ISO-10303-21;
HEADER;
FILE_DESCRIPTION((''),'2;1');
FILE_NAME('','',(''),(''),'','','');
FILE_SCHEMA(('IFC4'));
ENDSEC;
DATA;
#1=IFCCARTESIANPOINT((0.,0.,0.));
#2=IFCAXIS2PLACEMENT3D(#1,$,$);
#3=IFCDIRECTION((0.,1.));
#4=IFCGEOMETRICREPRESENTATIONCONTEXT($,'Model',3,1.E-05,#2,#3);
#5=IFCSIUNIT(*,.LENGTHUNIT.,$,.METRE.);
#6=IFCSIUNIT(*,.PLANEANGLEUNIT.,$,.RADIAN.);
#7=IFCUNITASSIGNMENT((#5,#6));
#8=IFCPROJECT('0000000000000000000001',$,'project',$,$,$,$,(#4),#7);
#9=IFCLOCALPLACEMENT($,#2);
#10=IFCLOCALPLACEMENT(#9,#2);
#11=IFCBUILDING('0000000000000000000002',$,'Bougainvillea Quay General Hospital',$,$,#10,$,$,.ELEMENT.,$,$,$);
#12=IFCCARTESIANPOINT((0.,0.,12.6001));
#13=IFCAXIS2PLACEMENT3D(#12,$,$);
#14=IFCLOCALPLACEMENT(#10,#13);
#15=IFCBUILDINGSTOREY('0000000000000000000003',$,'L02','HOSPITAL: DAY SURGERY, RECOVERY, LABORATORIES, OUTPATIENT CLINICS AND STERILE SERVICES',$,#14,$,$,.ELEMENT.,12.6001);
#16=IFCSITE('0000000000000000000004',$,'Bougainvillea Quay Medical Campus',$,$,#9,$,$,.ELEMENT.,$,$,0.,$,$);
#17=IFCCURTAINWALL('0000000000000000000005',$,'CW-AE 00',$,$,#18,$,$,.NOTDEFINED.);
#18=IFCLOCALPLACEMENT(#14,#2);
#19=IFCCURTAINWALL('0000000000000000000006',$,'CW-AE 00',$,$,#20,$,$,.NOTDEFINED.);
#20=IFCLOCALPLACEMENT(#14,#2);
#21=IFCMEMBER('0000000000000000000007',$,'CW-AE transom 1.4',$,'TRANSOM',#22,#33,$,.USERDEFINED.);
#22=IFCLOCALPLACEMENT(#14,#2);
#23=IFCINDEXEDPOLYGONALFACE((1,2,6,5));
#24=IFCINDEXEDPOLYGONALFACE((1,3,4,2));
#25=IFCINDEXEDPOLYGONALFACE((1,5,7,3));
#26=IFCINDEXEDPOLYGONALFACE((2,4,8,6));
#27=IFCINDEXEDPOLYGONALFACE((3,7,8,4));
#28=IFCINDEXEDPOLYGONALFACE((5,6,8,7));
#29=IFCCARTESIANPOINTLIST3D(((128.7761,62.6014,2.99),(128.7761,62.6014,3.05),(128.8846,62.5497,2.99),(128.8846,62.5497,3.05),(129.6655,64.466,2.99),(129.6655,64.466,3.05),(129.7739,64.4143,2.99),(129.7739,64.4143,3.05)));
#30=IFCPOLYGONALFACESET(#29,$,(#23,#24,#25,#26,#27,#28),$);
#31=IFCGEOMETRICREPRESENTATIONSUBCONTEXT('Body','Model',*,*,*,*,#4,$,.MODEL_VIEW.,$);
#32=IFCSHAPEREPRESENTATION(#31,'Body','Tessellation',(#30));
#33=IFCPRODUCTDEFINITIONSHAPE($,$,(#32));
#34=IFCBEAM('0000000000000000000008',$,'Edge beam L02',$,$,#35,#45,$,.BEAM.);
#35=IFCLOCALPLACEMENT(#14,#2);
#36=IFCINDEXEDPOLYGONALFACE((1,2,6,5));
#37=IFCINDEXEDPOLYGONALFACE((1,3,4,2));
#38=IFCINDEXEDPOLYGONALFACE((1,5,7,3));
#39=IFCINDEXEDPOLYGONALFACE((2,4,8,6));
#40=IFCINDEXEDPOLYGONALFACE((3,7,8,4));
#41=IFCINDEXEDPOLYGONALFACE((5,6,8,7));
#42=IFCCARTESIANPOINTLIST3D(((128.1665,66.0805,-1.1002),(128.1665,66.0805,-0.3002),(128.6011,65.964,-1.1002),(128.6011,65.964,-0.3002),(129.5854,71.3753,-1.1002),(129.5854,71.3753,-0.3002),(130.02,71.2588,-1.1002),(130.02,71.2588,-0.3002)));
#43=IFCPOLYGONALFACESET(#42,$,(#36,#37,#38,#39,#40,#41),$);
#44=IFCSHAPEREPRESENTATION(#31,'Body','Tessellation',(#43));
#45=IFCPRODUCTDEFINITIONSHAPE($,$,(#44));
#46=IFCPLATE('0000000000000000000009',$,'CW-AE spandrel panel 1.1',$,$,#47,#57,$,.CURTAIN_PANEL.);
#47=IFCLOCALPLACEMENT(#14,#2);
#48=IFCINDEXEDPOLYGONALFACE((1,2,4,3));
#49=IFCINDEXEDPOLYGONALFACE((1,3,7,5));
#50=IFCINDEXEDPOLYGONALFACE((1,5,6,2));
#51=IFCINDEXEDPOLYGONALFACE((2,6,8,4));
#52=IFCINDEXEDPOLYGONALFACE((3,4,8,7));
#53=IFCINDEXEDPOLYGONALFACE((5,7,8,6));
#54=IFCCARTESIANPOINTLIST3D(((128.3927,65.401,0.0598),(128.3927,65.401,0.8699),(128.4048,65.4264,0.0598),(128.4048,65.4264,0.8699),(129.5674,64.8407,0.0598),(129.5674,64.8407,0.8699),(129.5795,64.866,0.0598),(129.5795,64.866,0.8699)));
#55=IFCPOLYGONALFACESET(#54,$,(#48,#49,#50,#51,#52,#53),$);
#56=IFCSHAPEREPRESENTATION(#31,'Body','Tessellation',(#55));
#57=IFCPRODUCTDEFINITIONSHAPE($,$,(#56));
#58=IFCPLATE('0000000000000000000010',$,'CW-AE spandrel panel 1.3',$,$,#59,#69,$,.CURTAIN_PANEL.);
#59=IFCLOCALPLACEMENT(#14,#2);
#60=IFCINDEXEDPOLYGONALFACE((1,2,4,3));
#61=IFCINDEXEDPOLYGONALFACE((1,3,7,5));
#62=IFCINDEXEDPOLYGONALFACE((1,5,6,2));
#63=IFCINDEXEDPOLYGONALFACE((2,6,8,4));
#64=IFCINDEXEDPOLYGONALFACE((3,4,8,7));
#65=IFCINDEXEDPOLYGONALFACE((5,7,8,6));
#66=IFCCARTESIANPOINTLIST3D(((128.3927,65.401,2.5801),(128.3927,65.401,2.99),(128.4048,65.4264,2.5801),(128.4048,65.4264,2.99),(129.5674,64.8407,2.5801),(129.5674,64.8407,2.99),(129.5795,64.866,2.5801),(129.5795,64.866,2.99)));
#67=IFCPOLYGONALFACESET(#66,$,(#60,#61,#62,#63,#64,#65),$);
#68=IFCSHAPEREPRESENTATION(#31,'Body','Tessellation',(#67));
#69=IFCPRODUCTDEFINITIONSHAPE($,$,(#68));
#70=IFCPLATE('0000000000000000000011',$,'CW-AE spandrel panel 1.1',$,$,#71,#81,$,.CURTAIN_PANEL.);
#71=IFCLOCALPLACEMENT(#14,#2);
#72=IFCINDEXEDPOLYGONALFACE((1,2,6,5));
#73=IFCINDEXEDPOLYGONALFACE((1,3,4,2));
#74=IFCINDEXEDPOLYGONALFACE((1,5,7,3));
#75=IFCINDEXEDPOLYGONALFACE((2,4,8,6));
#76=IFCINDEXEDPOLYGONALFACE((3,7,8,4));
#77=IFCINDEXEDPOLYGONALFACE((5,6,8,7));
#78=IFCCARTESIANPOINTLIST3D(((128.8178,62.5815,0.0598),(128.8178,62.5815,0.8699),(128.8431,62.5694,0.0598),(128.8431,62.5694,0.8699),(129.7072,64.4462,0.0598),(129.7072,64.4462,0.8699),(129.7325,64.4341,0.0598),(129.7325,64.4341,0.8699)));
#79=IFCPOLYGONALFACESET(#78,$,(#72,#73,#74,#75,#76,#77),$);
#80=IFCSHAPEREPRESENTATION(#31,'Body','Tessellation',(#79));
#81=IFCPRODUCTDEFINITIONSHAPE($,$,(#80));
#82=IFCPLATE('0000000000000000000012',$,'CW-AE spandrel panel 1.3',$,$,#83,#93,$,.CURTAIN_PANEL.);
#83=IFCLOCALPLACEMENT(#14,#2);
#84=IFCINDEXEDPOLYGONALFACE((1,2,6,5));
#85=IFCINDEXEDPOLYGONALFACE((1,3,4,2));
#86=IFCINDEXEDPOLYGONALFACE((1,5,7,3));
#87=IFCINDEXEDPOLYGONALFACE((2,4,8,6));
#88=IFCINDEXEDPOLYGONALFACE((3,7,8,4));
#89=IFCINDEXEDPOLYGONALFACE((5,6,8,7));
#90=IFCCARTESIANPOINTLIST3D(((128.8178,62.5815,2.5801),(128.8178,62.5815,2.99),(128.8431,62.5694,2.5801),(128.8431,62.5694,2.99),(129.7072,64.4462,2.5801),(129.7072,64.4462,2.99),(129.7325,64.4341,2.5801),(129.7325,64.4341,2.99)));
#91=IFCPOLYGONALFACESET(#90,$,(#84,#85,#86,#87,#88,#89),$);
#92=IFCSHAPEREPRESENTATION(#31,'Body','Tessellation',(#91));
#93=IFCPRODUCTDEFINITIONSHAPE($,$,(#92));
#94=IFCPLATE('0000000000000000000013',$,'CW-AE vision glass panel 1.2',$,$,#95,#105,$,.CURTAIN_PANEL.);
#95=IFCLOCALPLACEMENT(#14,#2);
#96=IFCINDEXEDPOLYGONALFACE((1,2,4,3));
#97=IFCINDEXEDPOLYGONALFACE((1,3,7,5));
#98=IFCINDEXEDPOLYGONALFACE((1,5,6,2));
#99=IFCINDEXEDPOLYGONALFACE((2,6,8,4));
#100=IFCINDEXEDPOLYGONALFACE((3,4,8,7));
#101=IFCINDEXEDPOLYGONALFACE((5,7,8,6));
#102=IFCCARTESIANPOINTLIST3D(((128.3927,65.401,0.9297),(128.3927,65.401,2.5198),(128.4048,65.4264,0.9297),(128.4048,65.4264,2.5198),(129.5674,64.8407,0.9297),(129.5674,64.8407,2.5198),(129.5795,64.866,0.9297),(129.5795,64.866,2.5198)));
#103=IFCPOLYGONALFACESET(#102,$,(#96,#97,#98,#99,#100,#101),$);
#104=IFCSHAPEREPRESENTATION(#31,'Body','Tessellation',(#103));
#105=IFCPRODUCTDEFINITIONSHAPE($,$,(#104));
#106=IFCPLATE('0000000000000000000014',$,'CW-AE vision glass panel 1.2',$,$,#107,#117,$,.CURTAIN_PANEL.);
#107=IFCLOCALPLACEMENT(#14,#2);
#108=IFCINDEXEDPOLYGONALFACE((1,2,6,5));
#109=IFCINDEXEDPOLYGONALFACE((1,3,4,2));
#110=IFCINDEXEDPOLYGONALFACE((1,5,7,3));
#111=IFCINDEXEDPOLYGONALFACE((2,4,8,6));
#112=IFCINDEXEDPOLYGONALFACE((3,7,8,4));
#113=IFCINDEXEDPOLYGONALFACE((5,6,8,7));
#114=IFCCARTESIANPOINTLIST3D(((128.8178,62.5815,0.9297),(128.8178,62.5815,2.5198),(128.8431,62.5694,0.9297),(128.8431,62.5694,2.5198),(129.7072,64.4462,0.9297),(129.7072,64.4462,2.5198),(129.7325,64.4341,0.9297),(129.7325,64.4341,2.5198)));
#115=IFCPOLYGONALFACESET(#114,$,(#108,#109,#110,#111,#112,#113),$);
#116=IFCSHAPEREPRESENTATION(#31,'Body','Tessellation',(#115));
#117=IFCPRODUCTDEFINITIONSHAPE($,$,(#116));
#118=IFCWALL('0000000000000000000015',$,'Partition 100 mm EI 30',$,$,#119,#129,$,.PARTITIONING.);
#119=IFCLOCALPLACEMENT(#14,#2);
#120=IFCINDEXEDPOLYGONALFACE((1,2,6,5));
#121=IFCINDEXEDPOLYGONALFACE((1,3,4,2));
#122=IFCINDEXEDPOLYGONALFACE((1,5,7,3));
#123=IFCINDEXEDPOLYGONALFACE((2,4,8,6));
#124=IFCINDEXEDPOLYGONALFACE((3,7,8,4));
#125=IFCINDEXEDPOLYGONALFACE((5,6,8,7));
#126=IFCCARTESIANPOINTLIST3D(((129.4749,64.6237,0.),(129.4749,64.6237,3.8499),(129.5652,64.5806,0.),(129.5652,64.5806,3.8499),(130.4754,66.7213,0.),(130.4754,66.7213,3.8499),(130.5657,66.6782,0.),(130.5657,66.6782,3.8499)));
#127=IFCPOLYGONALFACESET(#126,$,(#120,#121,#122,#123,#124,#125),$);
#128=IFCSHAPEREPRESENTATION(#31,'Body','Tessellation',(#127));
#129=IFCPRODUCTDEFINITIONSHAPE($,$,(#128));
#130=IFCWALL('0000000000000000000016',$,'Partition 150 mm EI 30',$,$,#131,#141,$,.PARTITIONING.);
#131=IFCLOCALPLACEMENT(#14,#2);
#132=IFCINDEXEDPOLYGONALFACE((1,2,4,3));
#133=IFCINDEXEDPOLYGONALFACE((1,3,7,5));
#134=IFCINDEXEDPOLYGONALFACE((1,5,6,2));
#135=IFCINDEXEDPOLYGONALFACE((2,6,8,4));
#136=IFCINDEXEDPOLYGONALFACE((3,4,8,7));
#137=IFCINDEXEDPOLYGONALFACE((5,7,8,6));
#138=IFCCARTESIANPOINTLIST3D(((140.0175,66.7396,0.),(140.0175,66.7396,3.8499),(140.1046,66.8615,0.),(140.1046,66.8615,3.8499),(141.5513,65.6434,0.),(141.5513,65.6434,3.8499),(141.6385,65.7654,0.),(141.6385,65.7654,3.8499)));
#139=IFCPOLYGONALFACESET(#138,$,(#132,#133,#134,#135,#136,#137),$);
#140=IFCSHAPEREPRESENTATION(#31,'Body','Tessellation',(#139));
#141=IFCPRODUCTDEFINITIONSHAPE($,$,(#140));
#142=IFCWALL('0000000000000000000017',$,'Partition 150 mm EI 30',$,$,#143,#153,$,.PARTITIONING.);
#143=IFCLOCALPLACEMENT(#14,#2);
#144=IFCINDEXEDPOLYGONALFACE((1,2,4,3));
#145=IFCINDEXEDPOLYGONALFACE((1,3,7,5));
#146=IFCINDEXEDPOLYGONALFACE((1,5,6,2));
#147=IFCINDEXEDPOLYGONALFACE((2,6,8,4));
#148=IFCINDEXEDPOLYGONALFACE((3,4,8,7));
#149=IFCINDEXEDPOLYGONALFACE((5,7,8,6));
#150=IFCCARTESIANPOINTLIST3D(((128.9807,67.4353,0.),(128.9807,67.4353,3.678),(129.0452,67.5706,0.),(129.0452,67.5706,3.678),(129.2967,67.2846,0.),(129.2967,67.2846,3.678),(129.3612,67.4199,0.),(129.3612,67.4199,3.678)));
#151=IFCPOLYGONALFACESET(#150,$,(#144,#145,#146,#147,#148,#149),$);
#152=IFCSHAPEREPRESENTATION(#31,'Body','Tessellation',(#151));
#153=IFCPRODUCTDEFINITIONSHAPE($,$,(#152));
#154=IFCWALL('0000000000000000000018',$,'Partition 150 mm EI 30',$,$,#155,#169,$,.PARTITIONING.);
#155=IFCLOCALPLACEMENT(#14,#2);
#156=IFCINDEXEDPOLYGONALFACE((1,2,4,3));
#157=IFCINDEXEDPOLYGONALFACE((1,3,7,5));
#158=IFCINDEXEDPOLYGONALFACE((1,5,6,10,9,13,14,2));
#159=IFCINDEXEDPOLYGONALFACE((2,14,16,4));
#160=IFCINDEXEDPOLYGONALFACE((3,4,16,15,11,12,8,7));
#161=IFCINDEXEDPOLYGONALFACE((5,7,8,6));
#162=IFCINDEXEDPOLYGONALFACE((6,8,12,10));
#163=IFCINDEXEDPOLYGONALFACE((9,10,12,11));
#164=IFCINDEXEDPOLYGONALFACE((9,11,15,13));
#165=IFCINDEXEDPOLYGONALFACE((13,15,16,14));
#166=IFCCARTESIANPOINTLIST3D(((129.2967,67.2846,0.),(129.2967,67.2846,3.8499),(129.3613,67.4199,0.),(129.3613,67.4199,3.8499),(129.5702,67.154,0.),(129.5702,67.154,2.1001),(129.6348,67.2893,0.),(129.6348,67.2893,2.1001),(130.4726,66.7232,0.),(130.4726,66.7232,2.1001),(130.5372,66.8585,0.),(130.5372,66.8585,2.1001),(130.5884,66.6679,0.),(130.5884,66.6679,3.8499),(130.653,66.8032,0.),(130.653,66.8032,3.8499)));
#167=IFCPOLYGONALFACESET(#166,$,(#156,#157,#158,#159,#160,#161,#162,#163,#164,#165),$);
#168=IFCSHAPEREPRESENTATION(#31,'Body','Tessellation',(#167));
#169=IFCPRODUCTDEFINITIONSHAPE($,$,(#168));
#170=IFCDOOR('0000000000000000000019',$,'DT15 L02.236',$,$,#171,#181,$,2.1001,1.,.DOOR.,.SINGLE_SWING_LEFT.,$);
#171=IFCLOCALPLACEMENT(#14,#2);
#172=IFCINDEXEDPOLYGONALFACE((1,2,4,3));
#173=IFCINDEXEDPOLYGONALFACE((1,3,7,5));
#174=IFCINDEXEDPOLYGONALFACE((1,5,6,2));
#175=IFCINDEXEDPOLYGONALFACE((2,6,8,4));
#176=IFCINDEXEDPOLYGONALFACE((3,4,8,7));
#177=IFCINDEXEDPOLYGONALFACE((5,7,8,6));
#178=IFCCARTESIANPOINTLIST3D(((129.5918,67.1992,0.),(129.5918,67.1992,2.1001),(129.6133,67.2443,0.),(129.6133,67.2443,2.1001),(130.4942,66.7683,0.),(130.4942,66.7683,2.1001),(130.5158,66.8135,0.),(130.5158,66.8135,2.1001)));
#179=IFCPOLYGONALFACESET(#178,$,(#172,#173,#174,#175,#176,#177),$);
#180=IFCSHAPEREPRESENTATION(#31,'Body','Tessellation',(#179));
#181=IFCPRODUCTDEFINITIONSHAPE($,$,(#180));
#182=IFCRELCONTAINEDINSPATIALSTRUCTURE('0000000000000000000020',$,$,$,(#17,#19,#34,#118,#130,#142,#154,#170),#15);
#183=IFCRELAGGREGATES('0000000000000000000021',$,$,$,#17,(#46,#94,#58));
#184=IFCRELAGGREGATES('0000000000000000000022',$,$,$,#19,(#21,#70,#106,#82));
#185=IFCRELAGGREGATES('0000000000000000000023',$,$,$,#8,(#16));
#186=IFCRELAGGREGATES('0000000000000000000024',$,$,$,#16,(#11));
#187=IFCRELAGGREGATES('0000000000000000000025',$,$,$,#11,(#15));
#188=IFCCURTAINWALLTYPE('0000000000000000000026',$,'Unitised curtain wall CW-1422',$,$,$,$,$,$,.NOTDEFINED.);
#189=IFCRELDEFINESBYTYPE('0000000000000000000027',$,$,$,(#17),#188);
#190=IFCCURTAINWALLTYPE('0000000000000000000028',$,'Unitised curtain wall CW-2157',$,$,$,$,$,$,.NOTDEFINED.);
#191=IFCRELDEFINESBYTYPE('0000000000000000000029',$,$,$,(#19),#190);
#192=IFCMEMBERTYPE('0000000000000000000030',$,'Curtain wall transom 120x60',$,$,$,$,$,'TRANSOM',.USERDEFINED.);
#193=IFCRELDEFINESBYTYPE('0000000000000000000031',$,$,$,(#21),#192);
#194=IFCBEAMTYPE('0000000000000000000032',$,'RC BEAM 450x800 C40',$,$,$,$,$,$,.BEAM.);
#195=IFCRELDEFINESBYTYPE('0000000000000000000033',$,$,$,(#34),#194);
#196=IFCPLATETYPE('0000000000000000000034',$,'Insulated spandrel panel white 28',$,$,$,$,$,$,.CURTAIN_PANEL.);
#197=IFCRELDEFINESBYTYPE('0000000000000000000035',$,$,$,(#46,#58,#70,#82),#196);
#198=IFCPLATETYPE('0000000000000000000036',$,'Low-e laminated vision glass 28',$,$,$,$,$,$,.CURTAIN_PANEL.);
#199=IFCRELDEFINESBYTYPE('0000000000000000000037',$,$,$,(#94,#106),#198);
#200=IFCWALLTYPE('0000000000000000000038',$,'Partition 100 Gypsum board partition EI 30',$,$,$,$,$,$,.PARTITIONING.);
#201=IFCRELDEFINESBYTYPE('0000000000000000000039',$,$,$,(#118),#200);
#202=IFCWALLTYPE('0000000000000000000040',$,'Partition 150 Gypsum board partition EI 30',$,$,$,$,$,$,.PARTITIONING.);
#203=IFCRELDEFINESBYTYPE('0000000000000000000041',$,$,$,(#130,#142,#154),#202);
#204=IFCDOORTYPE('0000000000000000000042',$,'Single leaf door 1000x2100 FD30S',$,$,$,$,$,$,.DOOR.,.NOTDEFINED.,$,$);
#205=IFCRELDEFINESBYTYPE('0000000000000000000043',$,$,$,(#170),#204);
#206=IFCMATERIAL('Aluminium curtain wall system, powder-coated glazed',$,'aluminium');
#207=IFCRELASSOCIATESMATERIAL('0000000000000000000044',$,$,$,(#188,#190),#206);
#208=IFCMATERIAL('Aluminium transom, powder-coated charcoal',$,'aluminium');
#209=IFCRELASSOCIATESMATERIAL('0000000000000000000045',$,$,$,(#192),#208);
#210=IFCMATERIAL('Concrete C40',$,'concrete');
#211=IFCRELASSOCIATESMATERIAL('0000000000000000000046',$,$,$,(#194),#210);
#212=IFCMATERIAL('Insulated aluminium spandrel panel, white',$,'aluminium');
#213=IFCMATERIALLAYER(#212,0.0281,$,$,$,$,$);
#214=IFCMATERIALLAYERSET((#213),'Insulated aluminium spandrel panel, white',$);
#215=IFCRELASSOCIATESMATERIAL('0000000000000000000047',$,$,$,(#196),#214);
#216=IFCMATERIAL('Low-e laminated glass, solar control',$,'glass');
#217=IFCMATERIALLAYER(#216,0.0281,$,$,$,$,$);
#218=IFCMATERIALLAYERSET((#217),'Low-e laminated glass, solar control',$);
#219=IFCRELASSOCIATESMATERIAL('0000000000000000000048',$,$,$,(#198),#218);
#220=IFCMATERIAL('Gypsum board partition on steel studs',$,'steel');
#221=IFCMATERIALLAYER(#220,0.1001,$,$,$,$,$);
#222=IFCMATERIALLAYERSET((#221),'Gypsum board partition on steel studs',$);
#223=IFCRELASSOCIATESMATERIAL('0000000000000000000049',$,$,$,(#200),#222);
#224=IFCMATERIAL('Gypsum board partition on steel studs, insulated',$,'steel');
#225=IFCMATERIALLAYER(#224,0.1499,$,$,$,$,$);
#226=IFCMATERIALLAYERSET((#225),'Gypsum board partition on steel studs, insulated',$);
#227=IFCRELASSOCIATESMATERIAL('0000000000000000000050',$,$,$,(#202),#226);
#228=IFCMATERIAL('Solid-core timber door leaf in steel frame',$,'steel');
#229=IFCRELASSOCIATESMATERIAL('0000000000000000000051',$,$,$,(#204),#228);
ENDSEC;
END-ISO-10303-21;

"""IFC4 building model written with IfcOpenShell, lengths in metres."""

from ifc_helpers import new_model, si_unit, direction, frame, frame_2d, origin, origin_2d, place, context, subcontext, project, spatial, rectangle, extrude, material, layer, layer_set, material_profile, profile_set, type_object, element, fill, aggregate, save


model = new_model("IFC4")

# Units and contexts
model_context = context("Model", 3, precision=1e-05, world=origin(), true_north=direction((0.0, 1.0)))
body_context = subcontext(model_context, "Body", "Model", "MODEL_VIEW")
ifc_project = project(units=[si_unit("LENGTHUNIT", "METRE"), si_unit("PLANEANGLEUNIT", "RADIAN")], contexts=[model_context])

# Site, building, storey
site_placement = place(None, origin())
site = spatial("IfcSite", under=ifc_project, at=site_placement, Name="Bougainvillea Quay Medical Campus", CompositionType="ELEMENT", RefElevation=0.0)
building_placement = place(site_placement, origin())
building = spatial("IfcBuilding", under=site, at=building_placement, Name="Bougainvillea Quay General Hospital", CompositionType="ELEMENT")
storey_placement = place(building_placement, frame((0.0, 0.0, 12.6001)))
storey = spatial("IfcBuildingStorey", under=building, at=storey_placement, Name="L02", Description="HOSPITAL: DAY SURGERY, RECOVERY, LABORATORIES, OUTPATIENT CLINICS AND STERILE SERVICES", CompositionType="ELEMENT", Elevation=12.6001)

# Shared definitions
ifc_material_1 = material(Name="Concrete C40", Category="concrete")

# Curtain walls
ifc_material_2 = material(Name="Aluminium curtain wall system, powder-coated glazed", Category="aluminium")
curtain_wall_type_1 = type_object("IfcCurtainWallType", Name="Unitised curtain wall CW-1422", PredefinedType="NOTDEFINED", material=ifc_material_2)
curtain_wall_1_placement = place(storey_placement, origin())
curtain_wall_1 = element("IfcCurtainWall", 1, at=curtain_wall_1_placement, inside=storey, type_object=curtain_wall_type_1, Name="CW-AE 00", PredefinedType="NOTDEFINED")
curtain_wall_type_2 = type_object("IfcCurtainWallType", Name="Unitised curtain wall CW-2157", PredefinedType="NOTDEFINED", material=ifc_material_2)
curtain_wall_2_placement = place(storey_placement, origin())
curtain_wall_2 = element("IfcCurtainWall", 2, at=curtain_wall_2_placement, inside=storey, type_object=curtain_wall_type_2, Name="CW-AE 00", PredefinedType="NOTDEFINED")

# Member
ifc_material_3 = material(Name="Aluminium transom, powder-coated charcoal", Category="aluminium")
ifc_material_profile_1 = material_profile(ifc_material_3, rectangle(XDim=0.1201, YDim=0.0601, at=origin_2d()))
ifc_profile_set_1 = profile_set([ifc_material_profile_1], Name="Aluminium transom, powder-coated charcoal")
member_type_1 = type_object("IfcMemberType", Name="Curtain wall transom 120x60", ElementType="TRANSOM", PredefinedType="USERDEFINED", material=ifc_profile_set_1)
member_1_placement = place(storey_placement, frame((129.7197, 64.4402, 3.02), z_axis=(-0.430498, -0.902592, 0.0), x_axis=(0.902592, -0.430498, 0.0)))
member_1 = element("IfcMember", 3, at=member_1_placement, type_object=member_type_1, Name="CW-AE transom 1.4", ObjectType="TRANSOM", PredefinedType="USERDEFINED", context=body_context, shape_type="SweptSolid", body=[
    extrude(rectangle(XDim=0.1201, YDim=0.0601, at=origin_2d()), origin(), (0.0, 0.0, 1.0), 2.0659),
])

# Beam
ifc_material_profile_2 = material_profile(ifc_material_1, rectangle(XDim=0.45, YDim=0.8, at=origin_2d()))
ifc_profile_set_2 = profile_set([ifc_material_profile_2], Name="Concrete C40")
beam_type = type_object("IfcBeamType", Name="RC BEAM 450x800 C40", PredefinedType="BEAM", material=ifc_profile_set_2)
beam_placement = place(storey_placement, frame((128.3838, 66.0222, -0.7002), z_axis=(0.258849, 0.965918, 0.0), x_axis=(-0.965918, 0.258849, 0.0)))
element("IfcBeam", 4, at=beam_placement, inside=storey, type_object=beam_type, Name="Edge beam L02", PredefinedType="BEAM", context=body_context, shape_type="SweptSolid", body=[
    extrude(rectangle(XDim=0.45, YDim=0.8, at=origin_2d()), origin(), (0.0, 0.0, 1.0), 5.4817),
])

# Plates
ifc_material_4 = material(Name="Insulated aluminium spandrel panel, white", Category="aluminium")
ifc_layer_1 = layer(ifc_material_4, 0.0281)
ifc_layer_set_1 = layer_set([ifc_layer_1], Name="Insulated aluminium spandrel panel, white")
plate_type_1 = type_object("IfcPlateType", Name="Insulated spandrel panel white 28", PredefinedType="CURTAIN_PANEL", material=ifc_layer_set_1)
plate_1_placement = place(storey_placement, frame((128.9861, 65.1335, 0.0598), z_axis=(0.0, 0.0, 1.0), x_axis=(0.902574, -0.430534, 0.0)))
plate_1 = element("IfcPlate", 5, at=plate_1_placement, type_object=plate_type_1, Name="CW-AE spandrel panel 1.1", PredefinedType="CURTAIN_PANEL", context=body_context, shape_type="SweptSolid", body=[
    extrude(rectangle(XDim=1.3015, YDim=0.0281, at=origin_2d()), origin(), (0.0, 0.0, 1.0), 0.8101),
])
plate_2_placement = place(storey_placement, frame((128.9861, 65.1335, 2.5801), z_axis=(0.0, 0.0, 1.0), x_axis=(0.902574, -0.430534, 0.0)))
plate_2 = element("IfcPlate", 6, at=plate_2_placement, type_object=plate_type_1, Name="CW-AE spandrel panel 1.3", PredefinedType="CURTAIN_PANEL", context=body_context, shape_type="SweptSolid", body=[
    extrude(rectangle(XDim=1.3015, YDim=0.0281, at=origin_2d()), origin(), (0.0, 0.0, 1.0), 0.4099),
])
plate_3_placement = place(storey_placement, frame((129.2751, 63.5078, 0.0598), z_axis=(0.0, 0.0, 1.0), x_axis=(-0.43053, -0.902576, 0.0)))
plate_3 = element("IfcPlate", 7, at=plate_3_placement, type_object=plate_type_1, Name="CW-AE spandrel panel 1.1", PredefinedType="CURTAIN_PANEL", context=body_context, shape_type="SweptSolid", body=[
    extrude(rectangle(XDim=2.0659, YDim=0.0281, at=origin_2d()), origin(), (0.0, 0.0, 1.0), 0.8101),
])
plate_4_placement = place(storey_placement, frame((129.2751, 63.5078, 2.5801), z_axis=(0.0, 0.0, 1.0), x_axis=(-0.43053, -0.902576, 0.0)))
plate_4 = element("IfcPlate", 8, at=plate_4_placement, type_object=plate_type_1, Name="CW-AE spandrel panel 1.3", PredefinedType="CURTAIN_PANEL", context=body_context, shape_type="SweptSolid", body=[
    extrude(rectangle(XDim=2.0659, YDim=0.0281, at=origin_2d()), origin(), (0.0, 0.0, 1.0), 0.4099),
])
ifc_material_5 = material(Name="Low-e laminated glass, solar control", Category="glass")
ifc_layer_2 = layer(ifc_material_5, 0.0281)
ifc_layer_set_2 = layer_set([ifc_layer_2], Name="Low-e laminated glass, solar control")
plate_type_2 = type_object("IfcPlateType", Name="Low-e laminated vision glass 28", PredefinedType="CURTAIN_PANEL", material=ifc_layer_set_2)
plate_5_placement = place(storey_placement, frame((128.9861, 65.1335, 0.9297), z_axis=(0.0, 0.0, 1.0), x_axis=(0.902574, -0.430534, 0.0)))
plate_5 = element("IfcPlate", 9, at=plate_5_placement, type_object=plate_type_2, Name="CW-AE vision glass panel 1.2", PredefinedType="CURTAIN_PANEL", context=body_context, shape_type="SweptSolid", body=[
    extrude(rectangle(XDim=1.3015, YDim=0.0281, at=origin_2d()), origin(), (0.0, 0.0, 1.0), 1.5901),
])
aggregate(curtain_wall_1, [plate_1, plate_5, plate_2])
plate_6_placement = place(storey_placement, frame((129.2751, 63.5078, 0.9297), z_axis=(0.0, 0.0, 1.0), x_axis=(-0.43053, -0.902576, 0.0)))
plate_6 = element("IfcPlate", 10, at=plate_6_placement, type_object=plate_type_2, Name="CW-AE vision glass panel 1.2", PredefinedType="CURTAIN_PANEL", context=body_context, shape_type="SweptSolid", body=[
    extrude(rectangle(XDim=2.0659, YDim=0.0281, at=origin_2d()), origin(), (0.0, 0.0, 1.0), 1.5901),
])
aggregate(curtain_wall_2, [member_1, plate_3, plate_6, plate_4])

# Walls
ifc_material_6 = material(Name="Gypsum board partition on steel studs", Category="steel")
ifc_layer_3 = layer(ifc_material_6, 0.1001)
ifc_layer_set_3 = layer_set([ifc_layer_3], Name="Gypsum board partition on steel studs")
wall_type_1 = type_object("IfcWallType", Name="Partition 100 Gypsum board partition EI 30", PredefinedType="PARTITIONING", material=ifc_layer_set_3)
wall_1_placement = place(storey_placement, frame((129.52, 64.6021, 0.0), z_axis=(0.0, 0.0, 1.0), x_axis=(0.430496, 0.902592, 0.0)))
element("IfcWall", 11, at=wall_1_placement, inside=storey, type_object=wall_type_1, Name="Partition 100 mm EI 30", PredefinedType="PARTITIONING", context=body_context, shape_type="SweptSolid", body=[
    extrude(rectangle(XDim=2.324, YDim=0.1001, at=frame_2d((1.1621, 0.0))), origin(), (0.0, 0.0, 1.0), 3.8499),
])
ifc_material_7 = material(Name="Gypsum board partition on steel studs, insulated", Category="steel")
ifc_layer_4 = layer(ifc_material_7, 0.1499)
ifc_layer_set_4 = layer_set([ifc_layer_4], Name="Gypsum board partition on steel studs, insulated")
wall_type_2 = type_object("IfcWallType", Name="Partition 150 Gypsum board partition EI 30", PredefinedType="PARTITIONING", material=ifc_layer_set_4)
wall_2_placement = place(storey_placement, frame((140.061, 66.8005, 0.0), z_axis=(0.0, 0.0, 1.0), x_axis=(0.813602, -0.581422, 0.0)))
element("IfcWall", 12, at=wall_2_placement, inside=storey, type_object=wall_type_2, Name="Partition 150 mm EI 30", PredefinedType="PARTITIONING", context=body_context, shape_type="SweptSolid", body=[
    extrude(rectangle(XDim=1.8853, YDim=0.1499, at=frame_2d((0.9426, 0.0))), origin(), (0.0, 0.0, 1.0), 3.8499),
])
wall_3_placement = place(storey_placement, frame((129.0129, 67.5029, 0.0), z_axis=(0.0, 0.0, 1.0), x_axis=(0.902641, -0.430394, 0.0)))
element("IfcWall", 13, at=wall_3_placement, inside=storey, type_object=wall_type_2, Name="Partition 150 mm EI 30", PredefinedType="PARTITIONING", context=body_context, shape_type="SweptSolid", body=[
    extrude(rectangle(XDim=0.3501, YDim=0.1499, at=frame_2d((0.175, 0.0))), origin(), (0.0, 0.0, 1.0), 3.678),
])

# Wall, opening, door
wall_4_placement = place(storey_placement, frame((129.3289, 67.3523, 0.0), z_axis=(0.0, 0.0, 1.0), x_axis=(0.902431, -0.430834, 0.0)))
wall_4 = element("IfcWall", 14, at=wall_4_placement, inside=storey, type_object=wall_type_2, Name="Partition 150 mm EI 30", PredefinedType="PARTITIONING", context=body_context, shape_type="SweptSolid", body=[
    extrude(rectangle(XDim=1.4314, YDim=0.1499, at=frame_2d((0.7158, 0.0))), origin(), (0.0, 0.0, 1.0), 3.8499),
])
opening_placement = place(wall_4_placement, frame((0.3032, 0.0, 0.0)))
opening = element("IfcOpeningElement", 15, at=opening_placement, cuts=wall_4, PredefinedType="OPENING", context=body_context, shape_type="SweptSolid", body=[
    extrude(rectangle(XDim=1.0, YDim=2.1001, at=frame_2d((0.5, 1.05))), frame((0.0, 0.085, 0.0), z_axis=(0.0, -1.0, 0.0), x_axis=(1.0, 0.0, 0.0)), (0.0, 0.0, 1.0), 0.1699),
])
ifc_material_8 = material(Name="Solid-core timber door leaf in steel frame", Category="steel")
door_type = type_object("IfcDoorType", Name="Single leaf door 1000x2100 FD30S", OperationType="NOTDEFINED", PredefinedType="DOOR", material=ifc_material_8)
door_placement = place(opening_placement, frame((1.0, 0.0, 0.0), z_axis=(0.0, 0.0, 1.0), x_axis=(-1.0, 0.0, 0.0)))
door = element("IfcDoor", 16, at=door_placement, inside=storey, type_object=door_type, Name="DT15 L02.236", OperationType="SINGLE_SWING_LEFT", OverallHeight=2.1001, OverallWidth=1.0, PredefinedType="DOOR", context=body_context, shape_type="SweptSolid", body=[
    extrude(rectangle(XDim=1.0, YDim=2.1001, at=frame_2d((0.5, 1.05))), frame((0.0, 0.0249, 0.0), z_axis=(0.0, -1.0, 0.0), x_axis=(1.0, 0.0, 0.0)), (0.0, 0.0, 1.0), 0.05),
])
fill(opening, door)

save(model, "model.ifc")
